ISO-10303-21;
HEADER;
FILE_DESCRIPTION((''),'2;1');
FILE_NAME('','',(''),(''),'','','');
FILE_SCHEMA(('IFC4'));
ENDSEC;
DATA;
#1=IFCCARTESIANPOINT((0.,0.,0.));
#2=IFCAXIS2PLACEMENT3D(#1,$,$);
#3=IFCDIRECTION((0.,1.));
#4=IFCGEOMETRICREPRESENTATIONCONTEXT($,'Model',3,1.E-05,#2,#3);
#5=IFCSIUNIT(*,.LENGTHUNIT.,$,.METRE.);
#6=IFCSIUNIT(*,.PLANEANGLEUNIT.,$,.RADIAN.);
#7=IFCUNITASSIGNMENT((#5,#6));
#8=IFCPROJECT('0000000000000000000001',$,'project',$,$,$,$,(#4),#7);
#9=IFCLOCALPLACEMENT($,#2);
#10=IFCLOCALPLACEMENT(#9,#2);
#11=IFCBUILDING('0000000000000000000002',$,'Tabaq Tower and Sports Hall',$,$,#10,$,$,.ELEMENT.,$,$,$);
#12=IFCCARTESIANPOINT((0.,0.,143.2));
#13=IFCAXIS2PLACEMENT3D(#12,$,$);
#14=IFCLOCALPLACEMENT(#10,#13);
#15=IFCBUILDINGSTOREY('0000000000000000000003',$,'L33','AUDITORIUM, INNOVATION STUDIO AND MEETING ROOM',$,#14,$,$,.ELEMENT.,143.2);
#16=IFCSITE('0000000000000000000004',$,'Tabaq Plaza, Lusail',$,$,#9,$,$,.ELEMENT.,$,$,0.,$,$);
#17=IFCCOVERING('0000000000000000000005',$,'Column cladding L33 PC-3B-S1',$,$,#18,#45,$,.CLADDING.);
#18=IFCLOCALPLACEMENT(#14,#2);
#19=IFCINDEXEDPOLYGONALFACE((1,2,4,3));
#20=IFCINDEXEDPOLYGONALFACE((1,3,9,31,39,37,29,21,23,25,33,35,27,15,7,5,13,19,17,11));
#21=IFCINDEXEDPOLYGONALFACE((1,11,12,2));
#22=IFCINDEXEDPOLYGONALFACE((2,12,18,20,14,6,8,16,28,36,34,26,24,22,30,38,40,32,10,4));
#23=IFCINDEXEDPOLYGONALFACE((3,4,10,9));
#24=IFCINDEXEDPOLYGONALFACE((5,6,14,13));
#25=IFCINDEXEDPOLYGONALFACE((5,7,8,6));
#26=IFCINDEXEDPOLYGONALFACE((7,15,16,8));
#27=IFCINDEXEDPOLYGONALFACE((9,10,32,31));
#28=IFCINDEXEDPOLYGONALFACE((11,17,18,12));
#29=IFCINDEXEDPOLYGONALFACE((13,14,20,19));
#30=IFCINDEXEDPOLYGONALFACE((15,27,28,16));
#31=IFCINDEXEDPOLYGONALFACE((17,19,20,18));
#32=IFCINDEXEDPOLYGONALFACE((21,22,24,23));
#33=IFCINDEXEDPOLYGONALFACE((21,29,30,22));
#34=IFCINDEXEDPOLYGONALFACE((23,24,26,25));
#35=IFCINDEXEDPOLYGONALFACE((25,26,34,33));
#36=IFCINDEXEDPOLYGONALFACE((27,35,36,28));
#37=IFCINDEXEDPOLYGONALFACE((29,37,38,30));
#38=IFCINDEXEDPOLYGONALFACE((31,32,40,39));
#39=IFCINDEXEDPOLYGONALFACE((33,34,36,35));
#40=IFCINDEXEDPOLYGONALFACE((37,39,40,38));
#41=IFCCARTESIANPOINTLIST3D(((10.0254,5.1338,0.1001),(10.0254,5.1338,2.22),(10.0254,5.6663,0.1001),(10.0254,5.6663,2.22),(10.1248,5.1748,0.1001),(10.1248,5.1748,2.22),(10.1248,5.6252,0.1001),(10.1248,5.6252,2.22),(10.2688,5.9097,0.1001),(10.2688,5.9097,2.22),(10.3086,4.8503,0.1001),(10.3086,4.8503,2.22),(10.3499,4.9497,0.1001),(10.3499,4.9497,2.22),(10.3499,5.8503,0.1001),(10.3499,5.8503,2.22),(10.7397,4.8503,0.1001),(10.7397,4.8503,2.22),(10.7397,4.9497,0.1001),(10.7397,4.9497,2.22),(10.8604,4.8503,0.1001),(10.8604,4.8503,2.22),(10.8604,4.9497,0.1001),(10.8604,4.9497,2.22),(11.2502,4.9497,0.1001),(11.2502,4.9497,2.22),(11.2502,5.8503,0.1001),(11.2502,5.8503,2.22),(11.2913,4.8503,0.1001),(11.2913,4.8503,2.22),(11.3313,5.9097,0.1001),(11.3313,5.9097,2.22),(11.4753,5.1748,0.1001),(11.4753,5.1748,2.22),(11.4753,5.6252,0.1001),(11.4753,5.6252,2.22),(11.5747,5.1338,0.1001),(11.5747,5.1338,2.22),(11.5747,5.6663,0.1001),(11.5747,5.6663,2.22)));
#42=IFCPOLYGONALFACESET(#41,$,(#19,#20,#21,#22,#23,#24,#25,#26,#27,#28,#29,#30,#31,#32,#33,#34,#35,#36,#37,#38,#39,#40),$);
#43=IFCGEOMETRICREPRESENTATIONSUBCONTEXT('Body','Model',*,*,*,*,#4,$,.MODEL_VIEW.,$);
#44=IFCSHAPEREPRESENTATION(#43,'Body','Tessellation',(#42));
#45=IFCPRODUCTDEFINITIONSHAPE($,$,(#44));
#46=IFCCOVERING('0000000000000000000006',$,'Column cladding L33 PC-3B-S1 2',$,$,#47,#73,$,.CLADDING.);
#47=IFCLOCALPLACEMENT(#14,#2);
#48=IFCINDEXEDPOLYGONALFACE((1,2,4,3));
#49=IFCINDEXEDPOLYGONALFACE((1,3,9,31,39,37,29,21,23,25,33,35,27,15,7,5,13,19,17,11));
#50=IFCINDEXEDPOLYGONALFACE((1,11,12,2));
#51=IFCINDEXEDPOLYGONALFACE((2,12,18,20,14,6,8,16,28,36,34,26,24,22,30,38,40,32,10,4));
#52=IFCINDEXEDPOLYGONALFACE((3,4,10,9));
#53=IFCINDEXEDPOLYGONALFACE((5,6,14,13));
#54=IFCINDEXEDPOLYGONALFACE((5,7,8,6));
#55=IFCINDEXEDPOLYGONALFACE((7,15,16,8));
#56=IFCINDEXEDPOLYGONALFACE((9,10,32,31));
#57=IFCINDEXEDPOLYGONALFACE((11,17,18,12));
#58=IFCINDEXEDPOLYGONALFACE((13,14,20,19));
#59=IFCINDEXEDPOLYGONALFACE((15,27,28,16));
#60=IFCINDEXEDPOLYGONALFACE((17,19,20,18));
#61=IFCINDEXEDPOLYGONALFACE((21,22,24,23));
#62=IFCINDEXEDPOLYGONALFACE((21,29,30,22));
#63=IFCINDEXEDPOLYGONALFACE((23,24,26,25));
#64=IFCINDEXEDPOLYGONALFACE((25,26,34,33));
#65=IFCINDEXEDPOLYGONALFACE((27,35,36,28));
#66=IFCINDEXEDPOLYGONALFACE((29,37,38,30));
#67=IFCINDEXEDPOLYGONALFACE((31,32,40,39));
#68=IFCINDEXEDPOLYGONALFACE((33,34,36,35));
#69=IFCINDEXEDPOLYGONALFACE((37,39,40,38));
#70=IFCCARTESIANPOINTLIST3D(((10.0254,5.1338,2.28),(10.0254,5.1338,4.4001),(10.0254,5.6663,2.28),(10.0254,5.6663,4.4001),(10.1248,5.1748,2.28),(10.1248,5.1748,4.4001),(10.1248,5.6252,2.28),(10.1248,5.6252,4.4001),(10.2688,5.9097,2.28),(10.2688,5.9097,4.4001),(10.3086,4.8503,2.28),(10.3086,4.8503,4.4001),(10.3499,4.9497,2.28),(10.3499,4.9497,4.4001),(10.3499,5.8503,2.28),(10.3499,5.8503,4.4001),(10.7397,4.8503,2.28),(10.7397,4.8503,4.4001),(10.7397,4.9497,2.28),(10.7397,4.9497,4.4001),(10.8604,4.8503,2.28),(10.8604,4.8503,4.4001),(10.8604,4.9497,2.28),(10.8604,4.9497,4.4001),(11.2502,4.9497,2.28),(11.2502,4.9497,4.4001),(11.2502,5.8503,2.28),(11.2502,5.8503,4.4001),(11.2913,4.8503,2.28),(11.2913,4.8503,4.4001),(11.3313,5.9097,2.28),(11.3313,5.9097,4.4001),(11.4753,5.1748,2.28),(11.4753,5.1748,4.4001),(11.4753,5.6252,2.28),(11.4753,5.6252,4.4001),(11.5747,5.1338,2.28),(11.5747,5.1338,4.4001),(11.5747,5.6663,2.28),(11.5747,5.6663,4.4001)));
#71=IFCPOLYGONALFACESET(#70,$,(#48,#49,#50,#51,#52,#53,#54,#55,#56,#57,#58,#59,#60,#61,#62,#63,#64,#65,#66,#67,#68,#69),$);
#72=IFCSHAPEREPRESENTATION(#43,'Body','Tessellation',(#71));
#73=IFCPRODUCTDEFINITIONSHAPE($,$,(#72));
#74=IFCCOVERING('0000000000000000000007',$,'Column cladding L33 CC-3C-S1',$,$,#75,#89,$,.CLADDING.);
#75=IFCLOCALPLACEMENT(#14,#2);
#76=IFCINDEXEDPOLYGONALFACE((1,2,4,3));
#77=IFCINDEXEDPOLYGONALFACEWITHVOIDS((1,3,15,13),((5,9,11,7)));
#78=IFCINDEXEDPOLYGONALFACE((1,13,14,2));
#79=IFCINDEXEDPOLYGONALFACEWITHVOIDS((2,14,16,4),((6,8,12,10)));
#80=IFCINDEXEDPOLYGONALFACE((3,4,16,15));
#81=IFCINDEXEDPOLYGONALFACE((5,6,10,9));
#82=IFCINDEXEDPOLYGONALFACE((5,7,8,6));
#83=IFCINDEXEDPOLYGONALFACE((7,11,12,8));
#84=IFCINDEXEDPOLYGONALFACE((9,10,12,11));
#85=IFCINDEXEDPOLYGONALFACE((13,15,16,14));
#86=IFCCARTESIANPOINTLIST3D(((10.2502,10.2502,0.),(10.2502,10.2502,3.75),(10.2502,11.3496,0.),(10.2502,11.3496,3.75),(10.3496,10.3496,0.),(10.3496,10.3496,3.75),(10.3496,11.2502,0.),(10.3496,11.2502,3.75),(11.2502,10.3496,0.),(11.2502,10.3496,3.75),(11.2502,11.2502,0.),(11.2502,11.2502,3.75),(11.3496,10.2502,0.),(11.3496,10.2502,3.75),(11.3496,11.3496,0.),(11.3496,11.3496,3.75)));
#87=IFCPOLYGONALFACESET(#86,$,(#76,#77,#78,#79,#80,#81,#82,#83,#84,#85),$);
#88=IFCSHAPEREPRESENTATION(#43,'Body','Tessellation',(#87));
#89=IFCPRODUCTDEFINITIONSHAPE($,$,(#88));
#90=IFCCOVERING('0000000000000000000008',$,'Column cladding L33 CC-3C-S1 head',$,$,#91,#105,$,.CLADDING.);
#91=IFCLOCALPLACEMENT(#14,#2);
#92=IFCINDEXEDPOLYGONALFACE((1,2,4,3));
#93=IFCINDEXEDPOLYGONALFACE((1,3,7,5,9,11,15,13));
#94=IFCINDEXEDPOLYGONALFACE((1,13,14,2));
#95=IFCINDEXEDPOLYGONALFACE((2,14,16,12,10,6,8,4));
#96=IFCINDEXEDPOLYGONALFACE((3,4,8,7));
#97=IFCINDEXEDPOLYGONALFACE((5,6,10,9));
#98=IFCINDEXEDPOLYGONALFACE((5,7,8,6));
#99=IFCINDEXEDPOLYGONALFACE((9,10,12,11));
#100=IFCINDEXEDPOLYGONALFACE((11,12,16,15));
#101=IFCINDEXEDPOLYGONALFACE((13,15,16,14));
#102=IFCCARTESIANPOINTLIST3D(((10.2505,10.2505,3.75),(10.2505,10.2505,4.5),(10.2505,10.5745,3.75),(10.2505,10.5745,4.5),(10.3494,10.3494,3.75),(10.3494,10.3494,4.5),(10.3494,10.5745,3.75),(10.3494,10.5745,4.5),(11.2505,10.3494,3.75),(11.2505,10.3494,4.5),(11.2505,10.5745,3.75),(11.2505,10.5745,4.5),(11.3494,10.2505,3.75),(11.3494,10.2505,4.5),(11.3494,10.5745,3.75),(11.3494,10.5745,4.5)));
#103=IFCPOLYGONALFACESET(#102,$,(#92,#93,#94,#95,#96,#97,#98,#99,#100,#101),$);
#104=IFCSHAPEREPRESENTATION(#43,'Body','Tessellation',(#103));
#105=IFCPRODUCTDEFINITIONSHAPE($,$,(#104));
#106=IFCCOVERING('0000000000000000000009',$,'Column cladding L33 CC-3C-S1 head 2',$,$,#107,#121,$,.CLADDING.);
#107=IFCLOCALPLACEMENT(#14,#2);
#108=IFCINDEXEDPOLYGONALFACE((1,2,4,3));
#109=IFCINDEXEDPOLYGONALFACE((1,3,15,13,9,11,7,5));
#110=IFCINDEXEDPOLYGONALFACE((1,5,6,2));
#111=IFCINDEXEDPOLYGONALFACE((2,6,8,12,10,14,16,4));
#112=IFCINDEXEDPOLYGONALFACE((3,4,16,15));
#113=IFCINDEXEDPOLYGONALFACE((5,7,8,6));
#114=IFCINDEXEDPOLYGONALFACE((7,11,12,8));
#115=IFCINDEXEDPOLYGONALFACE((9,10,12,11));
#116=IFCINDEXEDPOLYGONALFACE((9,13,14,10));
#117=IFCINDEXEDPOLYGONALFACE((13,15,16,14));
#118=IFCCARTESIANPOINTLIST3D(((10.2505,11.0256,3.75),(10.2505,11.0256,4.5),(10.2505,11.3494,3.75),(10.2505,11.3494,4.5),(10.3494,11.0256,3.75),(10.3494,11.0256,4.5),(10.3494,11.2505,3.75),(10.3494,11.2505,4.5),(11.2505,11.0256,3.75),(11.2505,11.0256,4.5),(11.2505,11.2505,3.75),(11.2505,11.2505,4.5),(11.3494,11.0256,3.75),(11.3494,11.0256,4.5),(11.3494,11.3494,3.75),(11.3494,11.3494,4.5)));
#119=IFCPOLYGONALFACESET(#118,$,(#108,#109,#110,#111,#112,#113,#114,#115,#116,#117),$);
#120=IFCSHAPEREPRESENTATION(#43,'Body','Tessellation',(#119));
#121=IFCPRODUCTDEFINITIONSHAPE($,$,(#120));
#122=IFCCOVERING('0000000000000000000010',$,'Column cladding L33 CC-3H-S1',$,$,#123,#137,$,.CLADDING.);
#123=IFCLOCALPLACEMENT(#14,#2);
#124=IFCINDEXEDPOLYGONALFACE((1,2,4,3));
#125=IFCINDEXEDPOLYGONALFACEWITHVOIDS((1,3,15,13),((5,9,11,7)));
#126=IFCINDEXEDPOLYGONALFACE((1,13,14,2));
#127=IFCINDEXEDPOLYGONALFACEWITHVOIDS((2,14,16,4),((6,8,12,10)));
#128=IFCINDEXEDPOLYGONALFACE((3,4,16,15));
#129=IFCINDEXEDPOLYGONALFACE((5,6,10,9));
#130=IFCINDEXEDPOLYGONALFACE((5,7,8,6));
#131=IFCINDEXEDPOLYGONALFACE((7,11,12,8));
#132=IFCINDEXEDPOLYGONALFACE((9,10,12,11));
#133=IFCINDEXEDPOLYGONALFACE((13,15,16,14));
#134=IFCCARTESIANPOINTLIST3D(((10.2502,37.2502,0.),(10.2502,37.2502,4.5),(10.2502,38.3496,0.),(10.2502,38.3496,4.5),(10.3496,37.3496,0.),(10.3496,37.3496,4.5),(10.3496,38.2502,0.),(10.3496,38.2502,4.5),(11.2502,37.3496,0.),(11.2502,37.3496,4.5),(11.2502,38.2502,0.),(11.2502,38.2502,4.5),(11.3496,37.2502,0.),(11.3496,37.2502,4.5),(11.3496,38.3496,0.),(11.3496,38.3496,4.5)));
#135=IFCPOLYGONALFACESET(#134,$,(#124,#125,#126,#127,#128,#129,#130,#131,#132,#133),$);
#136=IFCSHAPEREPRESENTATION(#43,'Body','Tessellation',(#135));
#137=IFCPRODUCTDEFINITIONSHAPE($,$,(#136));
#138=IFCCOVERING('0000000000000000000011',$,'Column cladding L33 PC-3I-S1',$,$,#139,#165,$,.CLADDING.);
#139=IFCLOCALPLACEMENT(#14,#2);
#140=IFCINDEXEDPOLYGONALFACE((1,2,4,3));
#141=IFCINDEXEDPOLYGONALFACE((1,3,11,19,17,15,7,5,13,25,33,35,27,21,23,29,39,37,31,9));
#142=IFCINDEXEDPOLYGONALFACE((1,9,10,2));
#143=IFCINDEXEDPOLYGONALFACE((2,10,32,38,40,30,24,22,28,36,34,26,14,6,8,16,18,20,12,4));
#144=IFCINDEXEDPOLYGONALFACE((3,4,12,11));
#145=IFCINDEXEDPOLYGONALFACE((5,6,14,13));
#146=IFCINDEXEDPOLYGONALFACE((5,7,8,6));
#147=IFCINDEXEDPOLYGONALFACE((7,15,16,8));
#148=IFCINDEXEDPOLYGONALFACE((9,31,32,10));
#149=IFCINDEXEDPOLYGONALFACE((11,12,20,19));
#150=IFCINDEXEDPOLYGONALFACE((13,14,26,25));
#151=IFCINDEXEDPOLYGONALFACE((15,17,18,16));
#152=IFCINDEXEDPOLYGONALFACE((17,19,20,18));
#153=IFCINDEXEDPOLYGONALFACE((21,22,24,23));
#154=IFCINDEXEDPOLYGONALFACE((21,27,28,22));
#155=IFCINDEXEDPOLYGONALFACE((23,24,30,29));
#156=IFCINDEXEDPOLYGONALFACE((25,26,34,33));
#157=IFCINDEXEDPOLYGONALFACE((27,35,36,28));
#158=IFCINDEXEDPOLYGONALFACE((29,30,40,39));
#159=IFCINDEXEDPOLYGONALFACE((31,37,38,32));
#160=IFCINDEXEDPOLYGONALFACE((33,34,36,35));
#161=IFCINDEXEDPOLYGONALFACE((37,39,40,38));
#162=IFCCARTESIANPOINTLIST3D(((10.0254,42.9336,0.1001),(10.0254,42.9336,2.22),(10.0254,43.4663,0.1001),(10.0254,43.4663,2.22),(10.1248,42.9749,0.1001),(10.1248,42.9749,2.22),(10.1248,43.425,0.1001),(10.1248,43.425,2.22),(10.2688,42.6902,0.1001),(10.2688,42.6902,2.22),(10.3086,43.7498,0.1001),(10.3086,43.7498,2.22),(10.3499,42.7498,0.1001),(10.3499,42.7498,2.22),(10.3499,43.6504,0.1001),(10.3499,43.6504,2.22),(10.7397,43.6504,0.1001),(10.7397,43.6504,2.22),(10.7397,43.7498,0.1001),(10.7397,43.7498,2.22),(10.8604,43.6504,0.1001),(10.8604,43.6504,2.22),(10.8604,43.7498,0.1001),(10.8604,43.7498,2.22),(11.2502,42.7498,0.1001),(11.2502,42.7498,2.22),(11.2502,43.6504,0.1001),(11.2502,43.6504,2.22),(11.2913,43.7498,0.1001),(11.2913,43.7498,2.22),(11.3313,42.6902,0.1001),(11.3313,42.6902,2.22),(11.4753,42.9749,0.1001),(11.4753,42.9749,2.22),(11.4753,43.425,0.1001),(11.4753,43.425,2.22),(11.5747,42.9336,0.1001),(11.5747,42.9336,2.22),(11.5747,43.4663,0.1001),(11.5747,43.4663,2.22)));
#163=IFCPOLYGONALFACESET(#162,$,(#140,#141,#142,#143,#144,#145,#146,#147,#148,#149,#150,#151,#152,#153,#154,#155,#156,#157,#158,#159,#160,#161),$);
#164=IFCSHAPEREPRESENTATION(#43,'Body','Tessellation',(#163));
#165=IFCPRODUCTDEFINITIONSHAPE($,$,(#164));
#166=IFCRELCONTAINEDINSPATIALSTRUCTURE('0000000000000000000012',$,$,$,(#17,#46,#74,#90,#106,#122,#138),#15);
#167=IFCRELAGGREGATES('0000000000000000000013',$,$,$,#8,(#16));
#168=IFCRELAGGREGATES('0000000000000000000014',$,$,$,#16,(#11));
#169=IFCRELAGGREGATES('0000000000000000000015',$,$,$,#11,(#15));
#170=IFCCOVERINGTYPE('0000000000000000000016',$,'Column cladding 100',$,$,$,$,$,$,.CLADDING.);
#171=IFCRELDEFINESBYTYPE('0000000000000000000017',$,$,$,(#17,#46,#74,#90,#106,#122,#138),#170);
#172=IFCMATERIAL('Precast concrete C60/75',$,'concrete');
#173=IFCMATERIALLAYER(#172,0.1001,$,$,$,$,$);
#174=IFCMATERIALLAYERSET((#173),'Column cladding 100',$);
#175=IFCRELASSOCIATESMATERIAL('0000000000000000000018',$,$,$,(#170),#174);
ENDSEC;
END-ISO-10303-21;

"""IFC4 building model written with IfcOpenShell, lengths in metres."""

from ifc_helpers import new_model, si_unit, direction, frame, origin, place, context, subcontext, project, spatial, polyline, outline, extrude, material, layer, layer_set, type_object, element, save


model = new_model("IFC4")

# Units and contexts
model_context = context("Model", 3, precision=1e-05, world=origin(), true_north=direction((0.0, 1.0)))
body_context = subcontext(model_context, "Body", "Model", "MODEL_VIEW")
ifc_project = project(units=[si_unit("LENGTHUNIT", "METRE"), si_unit("PLANEANGLEUNIT", "RADIAN")], contexts=[model_context])

# Site, building, storey
site_placement = place(None, origin())
site = spatial("IfcSite", under=ifc_project, at=site_placement, Name="Tabaq Plaza, Lusail", CompositionType="ELEMENT", RefElevation=0.0)
building_placement = place(site_placement, origin())
building = spatial("IfcBuilding", under=site, at=building_placement, Name="Tabaq Tower and Sports Hall", CompositionType="ELEMENT")
storey_placement = place(building_placement, frame((0.0, 0.0, 143.2)))
storey = spatial("IfcBuildingStorey", under=building, at=storey_placement, Name="L33", Description="AUDITORIUM, INNOVATION STUDIO AND MEETING ROOM", CompositionType="ELEMENT", Elevation=143.2)

# Coverings
ifc_material_1 = material(Name="Precast concrete C60/75", Category="concrete")
ifc_layer_1 = layer(ifc_material_1, 0.1001)
ifc_layer_set_1 = layer_set([ifc_layer_1], Name="Column cladding 100")
covering_type = type_object("IfcCoveringType", Name="Column cladding 100", PredefinedType="CLADDING", material=ifc_layer_set_1)
covering_1_placement = place(storey_placement, frame((0.0, 0.0, 0.1001)))
element("IfcCovering", 1, at=covering_1_placement, inside=storey, type_object=covering_type, Name="Column cladding L33 PC-3B-S1", PredefinedType="CLADDING", context=body_context, shape_type="SweptSolid", body=[
    extrude(outline(polyline([(10.0254, 5.6663), (10.2688, 5.9097), (11.3313, 5.9097), (11.5747, 5.6663), (11.5747, 5.1338), (11.2913, 4.8503), (10.8604, 4.8503), (10.8604, 4.9497), (11.2502, 4.9497), (11.4753, 5.1748), (11.4753, 5.6252), (11.2502, 5.8503), (10.3499, 5.8503), (10.1248, 5.6252), (10.1248, 5.1748), (10.3499, 4.9497), (10.7397, 4.9497), (10.7397, 4.8503), (10.3086, 4.8503), (10.0254, 5.1338), (10.0254, 5.6663)])), origin(), (0.0, 0.0, 1.0), 2.1199),
])
covering_2_placement = place(storey_placement, frame((0.0, 0.0, 2.28)))
element("IfcCovering", 2, at=covering_2_placement, inside=storey, type_object=covering_type, Name="Column cladding L33 PC-3B-S1 2", PredefinedType="CLADDING", context=body_context, shape_type="SweptSolid", body=[
    extrude(outline(polyline([(10.0254, 5.6663), (10.2688, 5.9097), (11.3313, 5.9097), (11.5747, 5.6663), (11.5747, 5.1338), (11.2913, 4.8503), (10.8604, 4.8503), (10.8604, 4.9497), (11.2502, 4.9497), (11.4753, 5.1748), (11.4753, 5.6252), (11.2502, 5.8503), (10.3499, 5.8503), (10.1248, 5.6252), (10.1248, 5.1748), (10.3499, 4.9497), (10.7397, 4.9497), (10.7397, 4.8503), (10.3086, 4.8503), (10.0254, 5.1338), (10.0254, 5.6663)])), origin(), (0.0, 0.0, 1.0), 2.1201),
])
covering_3_placement = place(storey_placement, origin())
element("IfcCovering", 3, at=covering_3_placement, inside=storey, type_object=covering_type, Name="Column cladding L33 CC-3C-S1", PredefinedType="CLADDING", context=body_context, shape_type="SweptSolid", body=[
    extrude(outline(polyline([(10.2502, 11.3496), (11.3496, 11.3496), (11.3496, 10.2502), (10.2502, 10.2502), (10.2502, 11.3496)]), holes=[polyline([(11.2502, 10.3496), (11.2502, 11.2502), (10.3496, 11.2502), (10.3496, 10.3496), (11.2502, 10.3496)])]), origin(), (0.0, 0.0, 1.0), 3.75),
])
covering_4_placement = place(storey_placement, frame((0.0, 0.0, 3.75)))
element("IfcCovering", 4, at=covering_4_placement, inside=storey, type_object=covering_type, Name="Column cladding L33 CC-3C-S1 head", PredefinedType="CLADDING", context=body_context, shape_type="SweptSolid", body=[
    extrude(outline(polyline([(10.3494, 10.5745), (10.3494, 10.3494), (11.2505, 10.3494), (11.2505, 10.5745), (11.3494, 10.5745), (11.3494, 10.2505), (10.2505, 10.2505), (10.2505, 10.5745), (10.3494, 10.5745)])), origin(), (0.0, 0.0, 1.0), 0.75),
])
covering_5_placement = place(storey_placement, frame((0.0, 0.0, 3.75)))
element("IfcCovering", 5, at=covering_5_placement, inside=storey, type_object=covering_type, Name="Column cladding L33 CC-3C-S1 head 2", PredefinedType="CLADDING", context=body_context, shape_type="SweptSolid", body=[
    extrude(outline(polyline([(10.3494, 11.0256), (10.2505, 11.0256), (10.2505, 11.3494), (11.3494, 11.3494), (11.3494, 11.0256), (11.2505, 11.0256), (11.2505, 11.2505), (10.3494, 11.2505), (10.3494, 11.0256)])), origin(), (0.0, 0.0, 1.0), 0.75),
])
covering_6_placement = place(storey_placement, origin())
element("IfcCovering", 6, at=covering_6_placement, inside=storey, type_object=covering_type, Name="Column cladding L33 CC-3H-S1", PredefinedType="CLADDING", context=body_context, shape_type="SweptSolid", body=[
    extrude(outline(polyline([(10.2502, 38.3496), (11.3496, 38.3496), (11.3496, 37.2502), (10.2502, 37.2502), (10.2502, 38.3496)]), holes=[polyline([(11.2502, 37.3496), (11.2502, 38.2502), (10.3496, 38.2502), (10.3496, 37.3496), (11.2502, 37.3496)])]), origin(), (0.0, 0.0, 1.0), 4.5),
])
covering_7_placement = place(storey_placement, frame((0.0, 0.0, 0.1001)))
element("IfcCovering", 7, at=covering_7_placement, inside=storey, type_object=covering_type, Name="Column cladding L33 PC-3I-S1", PredefinedType="CLADDING", context=body_context, shape_type="SweptSolid", body=[
    extrude(outline(polyline([(10.0254, 43.4663), (10.3086, 43.7498), (10.7397, 43.7498), (10.7397, 43.6504), (10.3499, 43.6504), (10.1248, 43.425), (10.1248, 42.9749), (10.3499, 42.7498), (11.2502, 42.7498), (11.4753, 42.9749), (11.4753, 43.425), (11.2502, 43.6504), (10.8604, 43.6504), (10.8604, 43.7498), (11.2913, 43.7498), (11.5747, 43.4663), (11.5747, 42.9336), (11.3313, 42.6902), (10.2688, 42.6902), (10.0254, 42.9336), (10.0254, 43.4663)])), origin(), (0.0, 0.0, 1.0), 2.1199),
])

save(model, "model.ifc")
